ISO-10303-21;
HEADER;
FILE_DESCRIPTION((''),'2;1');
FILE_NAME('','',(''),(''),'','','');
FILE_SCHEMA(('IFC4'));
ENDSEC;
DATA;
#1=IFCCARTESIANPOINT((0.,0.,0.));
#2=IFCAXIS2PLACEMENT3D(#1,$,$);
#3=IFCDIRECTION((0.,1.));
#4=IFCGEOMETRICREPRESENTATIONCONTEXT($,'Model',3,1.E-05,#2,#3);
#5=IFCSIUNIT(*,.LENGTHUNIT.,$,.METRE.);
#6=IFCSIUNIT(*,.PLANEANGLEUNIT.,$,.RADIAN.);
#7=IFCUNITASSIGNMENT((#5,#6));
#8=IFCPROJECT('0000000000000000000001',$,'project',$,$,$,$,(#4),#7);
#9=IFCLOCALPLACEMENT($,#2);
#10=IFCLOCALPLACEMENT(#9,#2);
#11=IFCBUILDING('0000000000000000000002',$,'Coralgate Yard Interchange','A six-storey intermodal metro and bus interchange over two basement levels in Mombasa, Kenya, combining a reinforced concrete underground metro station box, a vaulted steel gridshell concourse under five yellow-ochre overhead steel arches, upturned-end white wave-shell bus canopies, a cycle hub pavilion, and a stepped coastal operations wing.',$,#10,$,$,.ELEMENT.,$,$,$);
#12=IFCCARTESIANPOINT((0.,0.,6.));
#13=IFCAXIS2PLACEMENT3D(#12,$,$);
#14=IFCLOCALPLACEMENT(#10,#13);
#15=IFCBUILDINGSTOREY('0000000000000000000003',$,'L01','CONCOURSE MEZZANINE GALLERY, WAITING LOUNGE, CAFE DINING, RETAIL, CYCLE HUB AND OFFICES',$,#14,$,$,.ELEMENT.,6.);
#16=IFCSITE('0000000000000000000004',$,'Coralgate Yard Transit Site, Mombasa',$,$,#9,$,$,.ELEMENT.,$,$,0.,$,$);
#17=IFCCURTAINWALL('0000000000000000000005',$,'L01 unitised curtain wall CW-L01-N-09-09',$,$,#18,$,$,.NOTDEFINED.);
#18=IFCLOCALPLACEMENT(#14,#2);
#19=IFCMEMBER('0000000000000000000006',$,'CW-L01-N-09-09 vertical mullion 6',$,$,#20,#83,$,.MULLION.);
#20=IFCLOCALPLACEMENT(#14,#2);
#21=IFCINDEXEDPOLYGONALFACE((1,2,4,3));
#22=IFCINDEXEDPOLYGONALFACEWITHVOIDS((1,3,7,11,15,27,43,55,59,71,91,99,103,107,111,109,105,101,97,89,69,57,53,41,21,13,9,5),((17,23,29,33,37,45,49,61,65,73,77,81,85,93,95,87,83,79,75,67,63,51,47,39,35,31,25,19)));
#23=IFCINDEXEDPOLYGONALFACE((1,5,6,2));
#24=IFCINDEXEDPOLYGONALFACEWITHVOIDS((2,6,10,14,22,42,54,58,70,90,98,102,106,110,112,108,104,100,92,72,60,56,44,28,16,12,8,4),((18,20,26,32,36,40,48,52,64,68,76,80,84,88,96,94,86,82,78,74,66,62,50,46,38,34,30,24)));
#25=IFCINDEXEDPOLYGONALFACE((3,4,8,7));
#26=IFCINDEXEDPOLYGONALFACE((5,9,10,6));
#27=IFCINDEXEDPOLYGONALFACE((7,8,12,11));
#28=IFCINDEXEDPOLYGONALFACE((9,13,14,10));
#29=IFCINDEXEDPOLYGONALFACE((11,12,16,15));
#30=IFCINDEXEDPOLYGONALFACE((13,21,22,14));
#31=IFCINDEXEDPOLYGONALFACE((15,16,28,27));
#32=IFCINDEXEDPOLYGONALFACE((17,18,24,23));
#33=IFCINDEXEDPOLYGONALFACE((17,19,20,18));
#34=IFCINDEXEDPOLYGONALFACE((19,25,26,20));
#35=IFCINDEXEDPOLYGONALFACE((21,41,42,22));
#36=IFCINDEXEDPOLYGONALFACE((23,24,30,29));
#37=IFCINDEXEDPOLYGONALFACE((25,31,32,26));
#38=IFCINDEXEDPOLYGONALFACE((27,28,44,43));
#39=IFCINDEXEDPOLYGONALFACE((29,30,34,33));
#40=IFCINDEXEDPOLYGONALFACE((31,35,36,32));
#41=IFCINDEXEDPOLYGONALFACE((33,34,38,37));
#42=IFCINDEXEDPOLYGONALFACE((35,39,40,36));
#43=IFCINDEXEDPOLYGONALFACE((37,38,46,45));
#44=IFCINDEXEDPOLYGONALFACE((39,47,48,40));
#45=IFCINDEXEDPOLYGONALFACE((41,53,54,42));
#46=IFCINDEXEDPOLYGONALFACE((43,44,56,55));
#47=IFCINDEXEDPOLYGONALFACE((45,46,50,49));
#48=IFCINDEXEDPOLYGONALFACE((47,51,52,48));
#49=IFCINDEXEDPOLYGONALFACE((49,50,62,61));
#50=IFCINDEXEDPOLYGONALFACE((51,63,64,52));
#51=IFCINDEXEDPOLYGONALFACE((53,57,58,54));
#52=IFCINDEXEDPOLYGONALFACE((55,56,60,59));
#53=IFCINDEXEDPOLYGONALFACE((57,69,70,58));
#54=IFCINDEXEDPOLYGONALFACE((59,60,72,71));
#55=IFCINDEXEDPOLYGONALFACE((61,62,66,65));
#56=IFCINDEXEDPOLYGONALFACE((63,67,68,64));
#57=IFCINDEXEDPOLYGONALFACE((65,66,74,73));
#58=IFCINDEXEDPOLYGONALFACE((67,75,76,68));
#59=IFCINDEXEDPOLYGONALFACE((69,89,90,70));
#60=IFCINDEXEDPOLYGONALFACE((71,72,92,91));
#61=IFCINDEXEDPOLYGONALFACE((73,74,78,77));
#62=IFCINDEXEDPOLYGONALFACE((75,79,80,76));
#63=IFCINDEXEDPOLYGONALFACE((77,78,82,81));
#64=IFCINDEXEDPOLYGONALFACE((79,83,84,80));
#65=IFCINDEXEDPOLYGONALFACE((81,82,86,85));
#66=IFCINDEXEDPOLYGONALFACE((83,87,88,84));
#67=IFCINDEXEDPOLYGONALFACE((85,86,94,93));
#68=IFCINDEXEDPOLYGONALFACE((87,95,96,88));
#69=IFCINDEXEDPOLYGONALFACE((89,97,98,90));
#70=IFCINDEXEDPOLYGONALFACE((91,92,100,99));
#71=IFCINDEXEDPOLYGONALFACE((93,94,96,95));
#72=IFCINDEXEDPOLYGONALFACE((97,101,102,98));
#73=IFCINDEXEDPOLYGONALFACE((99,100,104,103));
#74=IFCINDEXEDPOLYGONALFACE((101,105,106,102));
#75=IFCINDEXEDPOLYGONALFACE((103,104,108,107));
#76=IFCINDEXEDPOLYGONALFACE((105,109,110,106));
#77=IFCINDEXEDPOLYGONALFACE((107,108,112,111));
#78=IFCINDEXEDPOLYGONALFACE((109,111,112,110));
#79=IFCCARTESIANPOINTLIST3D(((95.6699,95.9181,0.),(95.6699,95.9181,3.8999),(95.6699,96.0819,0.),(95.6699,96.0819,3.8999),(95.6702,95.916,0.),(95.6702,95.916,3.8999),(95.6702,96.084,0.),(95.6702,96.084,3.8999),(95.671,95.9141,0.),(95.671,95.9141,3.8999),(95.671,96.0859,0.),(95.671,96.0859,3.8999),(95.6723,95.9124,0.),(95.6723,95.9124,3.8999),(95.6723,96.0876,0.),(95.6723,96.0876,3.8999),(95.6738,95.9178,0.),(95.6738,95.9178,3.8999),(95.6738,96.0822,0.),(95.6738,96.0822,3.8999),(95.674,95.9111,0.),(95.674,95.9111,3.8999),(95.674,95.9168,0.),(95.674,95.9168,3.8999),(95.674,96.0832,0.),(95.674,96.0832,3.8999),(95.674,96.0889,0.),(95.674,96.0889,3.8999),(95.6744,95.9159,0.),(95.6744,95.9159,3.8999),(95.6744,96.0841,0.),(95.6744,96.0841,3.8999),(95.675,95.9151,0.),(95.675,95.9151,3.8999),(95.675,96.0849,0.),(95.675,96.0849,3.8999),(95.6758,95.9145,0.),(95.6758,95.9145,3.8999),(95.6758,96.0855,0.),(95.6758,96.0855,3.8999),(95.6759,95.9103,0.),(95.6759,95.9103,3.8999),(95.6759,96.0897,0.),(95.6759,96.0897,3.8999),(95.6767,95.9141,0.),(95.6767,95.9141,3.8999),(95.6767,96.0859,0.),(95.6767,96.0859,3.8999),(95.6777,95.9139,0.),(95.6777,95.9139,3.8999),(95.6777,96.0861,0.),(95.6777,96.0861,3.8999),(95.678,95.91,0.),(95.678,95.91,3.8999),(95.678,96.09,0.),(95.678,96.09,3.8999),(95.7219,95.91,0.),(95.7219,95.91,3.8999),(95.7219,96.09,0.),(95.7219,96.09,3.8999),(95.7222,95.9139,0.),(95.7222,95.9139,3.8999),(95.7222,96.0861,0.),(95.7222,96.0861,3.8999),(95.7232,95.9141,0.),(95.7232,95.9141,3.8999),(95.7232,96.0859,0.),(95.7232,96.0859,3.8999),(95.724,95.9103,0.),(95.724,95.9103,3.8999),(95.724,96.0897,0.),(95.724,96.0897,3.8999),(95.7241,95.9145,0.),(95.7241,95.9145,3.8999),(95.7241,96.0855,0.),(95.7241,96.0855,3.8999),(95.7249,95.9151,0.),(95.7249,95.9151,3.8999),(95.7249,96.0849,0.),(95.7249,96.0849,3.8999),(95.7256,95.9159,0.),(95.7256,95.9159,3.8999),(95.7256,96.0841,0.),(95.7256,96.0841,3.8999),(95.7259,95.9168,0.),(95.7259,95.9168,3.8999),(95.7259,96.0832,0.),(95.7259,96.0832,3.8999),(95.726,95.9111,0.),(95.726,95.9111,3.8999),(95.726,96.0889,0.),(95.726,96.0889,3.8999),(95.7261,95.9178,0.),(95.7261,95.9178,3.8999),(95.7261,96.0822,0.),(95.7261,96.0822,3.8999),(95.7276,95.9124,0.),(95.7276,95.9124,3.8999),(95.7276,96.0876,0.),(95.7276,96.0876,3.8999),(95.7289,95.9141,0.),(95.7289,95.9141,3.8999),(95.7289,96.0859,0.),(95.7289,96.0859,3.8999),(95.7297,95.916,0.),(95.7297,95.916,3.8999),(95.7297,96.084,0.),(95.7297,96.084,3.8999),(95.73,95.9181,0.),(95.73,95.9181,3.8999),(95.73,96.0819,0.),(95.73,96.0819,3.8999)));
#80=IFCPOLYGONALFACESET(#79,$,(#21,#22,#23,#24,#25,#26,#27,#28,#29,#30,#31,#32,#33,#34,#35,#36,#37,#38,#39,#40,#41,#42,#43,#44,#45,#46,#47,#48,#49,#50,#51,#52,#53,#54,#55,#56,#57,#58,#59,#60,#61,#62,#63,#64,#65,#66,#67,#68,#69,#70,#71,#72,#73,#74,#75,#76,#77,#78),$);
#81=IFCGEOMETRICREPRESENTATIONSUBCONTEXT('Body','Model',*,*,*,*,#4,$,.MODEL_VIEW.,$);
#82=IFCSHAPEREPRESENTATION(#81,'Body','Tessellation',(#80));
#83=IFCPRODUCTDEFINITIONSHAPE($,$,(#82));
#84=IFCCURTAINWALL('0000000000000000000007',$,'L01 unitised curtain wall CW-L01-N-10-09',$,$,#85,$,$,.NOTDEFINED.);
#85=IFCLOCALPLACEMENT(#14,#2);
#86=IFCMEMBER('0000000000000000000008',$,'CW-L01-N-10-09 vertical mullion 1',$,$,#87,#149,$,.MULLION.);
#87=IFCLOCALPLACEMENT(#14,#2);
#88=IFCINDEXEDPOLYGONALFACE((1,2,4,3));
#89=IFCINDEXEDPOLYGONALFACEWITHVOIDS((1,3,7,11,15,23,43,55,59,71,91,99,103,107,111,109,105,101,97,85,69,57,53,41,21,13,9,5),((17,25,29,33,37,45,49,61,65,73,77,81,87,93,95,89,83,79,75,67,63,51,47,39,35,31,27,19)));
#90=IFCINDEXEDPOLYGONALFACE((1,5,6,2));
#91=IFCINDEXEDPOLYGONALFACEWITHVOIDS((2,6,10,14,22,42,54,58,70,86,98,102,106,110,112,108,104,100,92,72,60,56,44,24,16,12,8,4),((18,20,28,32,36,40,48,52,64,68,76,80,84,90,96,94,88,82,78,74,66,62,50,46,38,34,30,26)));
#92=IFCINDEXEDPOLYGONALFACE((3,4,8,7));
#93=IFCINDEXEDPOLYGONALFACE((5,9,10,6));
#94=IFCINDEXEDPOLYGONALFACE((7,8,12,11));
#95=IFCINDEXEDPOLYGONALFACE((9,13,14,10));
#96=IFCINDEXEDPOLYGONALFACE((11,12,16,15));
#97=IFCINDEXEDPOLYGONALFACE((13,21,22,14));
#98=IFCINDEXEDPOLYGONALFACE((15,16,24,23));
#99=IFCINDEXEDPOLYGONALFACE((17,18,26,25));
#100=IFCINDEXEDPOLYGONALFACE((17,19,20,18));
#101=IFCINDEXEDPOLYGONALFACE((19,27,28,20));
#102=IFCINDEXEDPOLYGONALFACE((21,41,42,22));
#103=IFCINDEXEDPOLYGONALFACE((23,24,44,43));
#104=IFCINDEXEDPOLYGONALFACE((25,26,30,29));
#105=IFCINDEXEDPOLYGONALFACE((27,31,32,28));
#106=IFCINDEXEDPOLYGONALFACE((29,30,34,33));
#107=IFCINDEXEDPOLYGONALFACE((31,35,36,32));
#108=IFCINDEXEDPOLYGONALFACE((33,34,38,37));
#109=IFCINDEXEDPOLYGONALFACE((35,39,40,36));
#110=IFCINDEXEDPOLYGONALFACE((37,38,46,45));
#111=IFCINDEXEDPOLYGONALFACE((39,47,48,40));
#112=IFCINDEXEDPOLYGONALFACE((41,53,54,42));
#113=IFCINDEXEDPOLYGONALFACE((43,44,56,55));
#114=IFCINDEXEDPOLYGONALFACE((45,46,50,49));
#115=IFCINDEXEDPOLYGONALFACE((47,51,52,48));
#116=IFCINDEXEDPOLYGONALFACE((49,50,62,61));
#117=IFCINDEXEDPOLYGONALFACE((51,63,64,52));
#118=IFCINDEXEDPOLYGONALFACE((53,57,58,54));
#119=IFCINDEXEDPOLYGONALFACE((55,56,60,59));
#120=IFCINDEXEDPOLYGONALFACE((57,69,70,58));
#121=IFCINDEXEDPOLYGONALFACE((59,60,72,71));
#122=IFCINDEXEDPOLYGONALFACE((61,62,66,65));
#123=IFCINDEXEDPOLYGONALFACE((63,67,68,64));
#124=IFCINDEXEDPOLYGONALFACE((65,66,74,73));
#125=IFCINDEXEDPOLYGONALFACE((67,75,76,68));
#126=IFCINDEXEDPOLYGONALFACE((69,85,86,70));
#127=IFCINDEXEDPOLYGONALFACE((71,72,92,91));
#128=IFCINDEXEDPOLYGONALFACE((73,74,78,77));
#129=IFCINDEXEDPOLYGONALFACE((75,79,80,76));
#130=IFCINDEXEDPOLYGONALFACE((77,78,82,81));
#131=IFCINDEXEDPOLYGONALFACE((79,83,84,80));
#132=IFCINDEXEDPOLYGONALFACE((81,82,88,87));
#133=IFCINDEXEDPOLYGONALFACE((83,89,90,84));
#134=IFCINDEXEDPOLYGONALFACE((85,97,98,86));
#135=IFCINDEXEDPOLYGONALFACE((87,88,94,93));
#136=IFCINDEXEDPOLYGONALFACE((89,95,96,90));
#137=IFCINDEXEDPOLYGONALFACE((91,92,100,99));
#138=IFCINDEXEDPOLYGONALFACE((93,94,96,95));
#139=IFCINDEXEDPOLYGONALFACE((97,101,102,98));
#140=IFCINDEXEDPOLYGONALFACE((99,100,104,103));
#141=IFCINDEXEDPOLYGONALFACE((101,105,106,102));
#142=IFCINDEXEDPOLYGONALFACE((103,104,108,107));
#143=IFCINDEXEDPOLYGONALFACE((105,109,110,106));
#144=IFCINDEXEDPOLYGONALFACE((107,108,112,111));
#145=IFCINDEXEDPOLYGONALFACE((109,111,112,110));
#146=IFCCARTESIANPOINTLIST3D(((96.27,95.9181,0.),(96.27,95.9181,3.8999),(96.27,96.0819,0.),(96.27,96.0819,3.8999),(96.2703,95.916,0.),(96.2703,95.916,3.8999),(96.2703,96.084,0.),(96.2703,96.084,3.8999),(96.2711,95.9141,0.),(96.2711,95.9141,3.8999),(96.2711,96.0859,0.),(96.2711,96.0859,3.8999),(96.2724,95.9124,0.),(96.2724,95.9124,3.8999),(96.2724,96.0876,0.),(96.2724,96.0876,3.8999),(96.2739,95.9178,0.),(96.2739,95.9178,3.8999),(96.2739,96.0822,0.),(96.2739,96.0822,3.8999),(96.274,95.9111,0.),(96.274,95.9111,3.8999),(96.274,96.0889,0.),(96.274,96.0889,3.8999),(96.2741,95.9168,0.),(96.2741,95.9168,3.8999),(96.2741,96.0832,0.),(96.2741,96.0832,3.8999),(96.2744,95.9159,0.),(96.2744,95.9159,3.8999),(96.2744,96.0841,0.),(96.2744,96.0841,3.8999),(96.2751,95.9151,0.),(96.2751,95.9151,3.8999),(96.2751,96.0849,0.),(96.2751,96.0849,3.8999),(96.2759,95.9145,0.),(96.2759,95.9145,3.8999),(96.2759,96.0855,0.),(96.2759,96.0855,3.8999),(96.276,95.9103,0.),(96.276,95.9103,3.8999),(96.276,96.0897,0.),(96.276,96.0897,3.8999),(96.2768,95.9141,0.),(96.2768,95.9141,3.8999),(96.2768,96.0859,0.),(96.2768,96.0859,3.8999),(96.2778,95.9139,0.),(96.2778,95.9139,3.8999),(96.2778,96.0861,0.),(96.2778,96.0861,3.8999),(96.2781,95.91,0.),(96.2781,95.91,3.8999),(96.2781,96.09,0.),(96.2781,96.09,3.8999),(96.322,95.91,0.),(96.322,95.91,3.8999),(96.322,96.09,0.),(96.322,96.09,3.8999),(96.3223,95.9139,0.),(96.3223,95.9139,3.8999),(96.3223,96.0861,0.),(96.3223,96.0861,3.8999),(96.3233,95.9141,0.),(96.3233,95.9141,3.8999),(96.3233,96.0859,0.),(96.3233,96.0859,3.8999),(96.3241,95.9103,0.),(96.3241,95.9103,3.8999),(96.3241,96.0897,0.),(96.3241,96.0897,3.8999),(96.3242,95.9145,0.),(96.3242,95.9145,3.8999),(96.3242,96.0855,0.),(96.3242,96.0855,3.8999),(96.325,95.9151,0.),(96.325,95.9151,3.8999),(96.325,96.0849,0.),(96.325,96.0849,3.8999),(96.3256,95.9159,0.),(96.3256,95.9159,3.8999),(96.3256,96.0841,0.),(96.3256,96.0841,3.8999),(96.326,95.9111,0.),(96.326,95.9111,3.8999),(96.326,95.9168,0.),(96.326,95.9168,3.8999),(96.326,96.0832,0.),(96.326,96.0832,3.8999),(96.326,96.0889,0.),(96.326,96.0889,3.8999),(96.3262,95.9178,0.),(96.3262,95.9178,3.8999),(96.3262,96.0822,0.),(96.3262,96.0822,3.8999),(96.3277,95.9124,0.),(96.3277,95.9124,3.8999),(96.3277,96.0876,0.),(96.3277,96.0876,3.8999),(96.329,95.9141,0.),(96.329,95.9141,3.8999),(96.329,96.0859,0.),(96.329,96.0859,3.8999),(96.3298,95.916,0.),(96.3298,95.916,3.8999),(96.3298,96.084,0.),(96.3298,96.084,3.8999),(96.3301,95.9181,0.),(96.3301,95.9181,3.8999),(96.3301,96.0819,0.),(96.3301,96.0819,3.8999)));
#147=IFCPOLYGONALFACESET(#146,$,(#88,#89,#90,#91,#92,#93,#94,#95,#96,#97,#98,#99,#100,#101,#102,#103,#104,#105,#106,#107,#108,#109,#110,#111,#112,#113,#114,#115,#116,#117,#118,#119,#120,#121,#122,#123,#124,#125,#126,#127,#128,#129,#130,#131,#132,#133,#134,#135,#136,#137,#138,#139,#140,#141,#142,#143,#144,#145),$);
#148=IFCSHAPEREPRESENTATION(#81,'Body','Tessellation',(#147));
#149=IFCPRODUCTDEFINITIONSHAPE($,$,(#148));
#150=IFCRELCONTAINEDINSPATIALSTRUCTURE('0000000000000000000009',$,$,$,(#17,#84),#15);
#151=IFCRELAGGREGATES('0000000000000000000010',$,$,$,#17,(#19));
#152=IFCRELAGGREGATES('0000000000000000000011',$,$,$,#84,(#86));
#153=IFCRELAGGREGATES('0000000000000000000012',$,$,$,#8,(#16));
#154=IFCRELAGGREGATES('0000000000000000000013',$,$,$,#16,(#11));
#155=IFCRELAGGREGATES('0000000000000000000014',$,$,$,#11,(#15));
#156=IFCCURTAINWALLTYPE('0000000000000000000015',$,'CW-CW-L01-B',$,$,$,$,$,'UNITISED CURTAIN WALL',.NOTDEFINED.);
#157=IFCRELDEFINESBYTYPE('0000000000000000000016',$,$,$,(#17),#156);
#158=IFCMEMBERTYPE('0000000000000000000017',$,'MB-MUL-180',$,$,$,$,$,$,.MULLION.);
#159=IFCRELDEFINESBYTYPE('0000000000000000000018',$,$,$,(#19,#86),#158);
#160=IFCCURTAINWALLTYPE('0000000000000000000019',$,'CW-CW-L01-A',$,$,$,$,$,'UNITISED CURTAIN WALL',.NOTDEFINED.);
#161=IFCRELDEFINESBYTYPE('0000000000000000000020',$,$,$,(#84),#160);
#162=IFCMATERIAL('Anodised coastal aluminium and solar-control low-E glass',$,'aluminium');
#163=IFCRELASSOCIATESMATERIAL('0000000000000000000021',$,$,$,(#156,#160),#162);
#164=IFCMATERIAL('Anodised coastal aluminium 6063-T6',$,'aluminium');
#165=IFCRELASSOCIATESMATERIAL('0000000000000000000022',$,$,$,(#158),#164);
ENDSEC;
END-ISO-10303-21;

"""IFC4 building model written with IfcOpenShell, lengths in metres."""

from ifc_helpers import new_model, si_unit, direction, frame, origin, origin_2d, place, context, subcontext, project, spatial, hollow_rectangle, extrude, material, material_profile, profile_set, type_object, element, aggregate, save


model = new_model("IFC4")

# Units and contexts
model_context = context("Model", 3, precision=1e-05, world=origin(), true_north=direction((0.0, 1.0)))
body_context = subcontext(model_context, "Body", "Model", "MODEL_VIEW")
ifc_project = project(units=[si_unit("LENGTHUNIT", "METRE"), si_unit("PLANEANGLEUNIT", "RADIAN")], contexts=[model_context])

# Site, building, storey
site_placement = place(None, origin())
site = spatial("IfcSite", under=ifc_project, at=site_placement, Name="Coralgate Yard Transit Site, Mombasa", CompositionType="ELEMENT", RefElevation=0.0)
building_placement = place(site_placement, origin())
building = spatial("IfcBuilding", under=site, at=building_placement, Name="Coralgate Yard Interchange", Description="A six-storey intermodal metro and bus interchange over two basement levels in Mombasa, Kenya, combining a reinforced concrete underground metro station box, a vaulted steel gridshell concourse under five yellow-ochre overhead steel arches, upturned-end white wave-shell bus canopies, a cycle hub pavilion, and a stepped coastal operations wing.", CompositionType="ELEMENT")
storey_placement = place(building_placement, frame((0.0, 0.0, 6.0)))
storey = spatial("IfcBuildingStorey", under=building, at=storey_placement, Name="L01", Description="CONCOURSE MEZZANINE GALLERY, WAITING LOUNGE, CAFE DINING, RETAIL, CYCLE HUB AND OFFICES", CompositionType="ELEMENT", Elevation=6.0)

# Curtain walls, members
ifc_material_1 = material(Name="Anodised coastal aluminium and solar-control low-E glass", Category="aluminium")
curtain_wall_type_1 = type_object("IfcCurtainWallType", Name="CW-CW-L01-B", ElementType="UNITISED CURTAIN WALL", PredefinedType="NOTDEFINED", material=ifc_material_1)
curtain_wall_1_placement = place(storey_placement, origin())
curtain_wall_1 = element("IfcCurtainWall", 1, at=curtain_wall_1_placement, inside=storey, type_object=curtain_wall_type_1, Name="L01 unitised curtain wall CW-L01-N-09-09", PredefinedType="NOTDEFINED")
ifc_material_2 = material(Name="Anodised coastal aluminium 6063-T6", Category="aluminium")
ifc_material_profile_1 = material_profile(ifc_material_2, hollow_rectangle(XDim=0.0601, YDim=0.1799, WallThickness=0.0039, InnerFilletRadius=0.0039, OuterFilletRadius=0.0081, at=origin_2d()), Name="ALU 60x180x4")
ifc_profile_set_1 = profile_set([ifc_material_profile_1], Name="Anodised coastal aluminium 6063-T6")
member_type_1 = type_object("IfcMemberType", Name="MB-MUL-180", PredefinedType="MULLION", material=ifc_profile_set_1)
member_1_placement = place(storey_placement, frame((95.7, 96.0, 0.0), z_axis=(0.0, 0.0, 1.0), x_axis=(1.0, 0.0, 0.0)))
member_1 = element("IfcMember", 2, at=member_1_placement, type_object=member_type_1, Name="CW-L01-N-09-09 vertical mullion 6", PredefinedType="MULLION", context=body_context, shape_type="SweptSolid", body=[
    extrude(hollow_rectangle(XDim=0.0601, YDim=0.1799, WallThickness=0.0039, InnerFilletRadius=0.0039, OuterFilletRadius=0.0081, at=origin_2d()), origin(), (0.0, 0.0, 1.0), 3.8999),
])
curtain_wall_type_2 = type_object("IfcCurtainWallType", Name="CW-CW-L01-A", ElementType="UNITISED CURTAIN WALL", PredefinedType="NOTDEFINED", material=ifc_material_1)
curtain_wall_2_placement = place(storey_placement, origin())
curtain_wall_2 = element("IfcCurtainWall", 3, at=curtain_wall_2_placement, inside=storey, type_object=curtain_wall_type_2, Name="L01 unitised curtain wall CW-L01-N-10-09", PredefinedType="NOTDEFINED")
member_2_placement = place(storey_placement, frame((96.3, 96.0, 0.0), z_axis=(0.0, 0.0, 1.0), x_axis=(1.0, 0.0, 0.0)))
member_2 = element("IfcMember", 4, at=member_2_placement, type_object=member_type_1, Name="CW-L01-N-10-09 vertical mullion 1", PredefinedType="MULLION", context=body_context, shape_type="SweptSolid", body=[
    extrude(hollow_rectangle(XDim=0.0601, YDim=0.1799, WallThickness=0.0039, InnerFilletRadius=0.0039, OuterFilletRadius=0.0081, at=origin_2d()), origin(), (0.0, 0.0, 1.0), 3.8999),
])

aggregate(curtain_wall_1, [member_1])
aggregate(curtain_wall_2, [member_2])

save(model, "model.ifc")
